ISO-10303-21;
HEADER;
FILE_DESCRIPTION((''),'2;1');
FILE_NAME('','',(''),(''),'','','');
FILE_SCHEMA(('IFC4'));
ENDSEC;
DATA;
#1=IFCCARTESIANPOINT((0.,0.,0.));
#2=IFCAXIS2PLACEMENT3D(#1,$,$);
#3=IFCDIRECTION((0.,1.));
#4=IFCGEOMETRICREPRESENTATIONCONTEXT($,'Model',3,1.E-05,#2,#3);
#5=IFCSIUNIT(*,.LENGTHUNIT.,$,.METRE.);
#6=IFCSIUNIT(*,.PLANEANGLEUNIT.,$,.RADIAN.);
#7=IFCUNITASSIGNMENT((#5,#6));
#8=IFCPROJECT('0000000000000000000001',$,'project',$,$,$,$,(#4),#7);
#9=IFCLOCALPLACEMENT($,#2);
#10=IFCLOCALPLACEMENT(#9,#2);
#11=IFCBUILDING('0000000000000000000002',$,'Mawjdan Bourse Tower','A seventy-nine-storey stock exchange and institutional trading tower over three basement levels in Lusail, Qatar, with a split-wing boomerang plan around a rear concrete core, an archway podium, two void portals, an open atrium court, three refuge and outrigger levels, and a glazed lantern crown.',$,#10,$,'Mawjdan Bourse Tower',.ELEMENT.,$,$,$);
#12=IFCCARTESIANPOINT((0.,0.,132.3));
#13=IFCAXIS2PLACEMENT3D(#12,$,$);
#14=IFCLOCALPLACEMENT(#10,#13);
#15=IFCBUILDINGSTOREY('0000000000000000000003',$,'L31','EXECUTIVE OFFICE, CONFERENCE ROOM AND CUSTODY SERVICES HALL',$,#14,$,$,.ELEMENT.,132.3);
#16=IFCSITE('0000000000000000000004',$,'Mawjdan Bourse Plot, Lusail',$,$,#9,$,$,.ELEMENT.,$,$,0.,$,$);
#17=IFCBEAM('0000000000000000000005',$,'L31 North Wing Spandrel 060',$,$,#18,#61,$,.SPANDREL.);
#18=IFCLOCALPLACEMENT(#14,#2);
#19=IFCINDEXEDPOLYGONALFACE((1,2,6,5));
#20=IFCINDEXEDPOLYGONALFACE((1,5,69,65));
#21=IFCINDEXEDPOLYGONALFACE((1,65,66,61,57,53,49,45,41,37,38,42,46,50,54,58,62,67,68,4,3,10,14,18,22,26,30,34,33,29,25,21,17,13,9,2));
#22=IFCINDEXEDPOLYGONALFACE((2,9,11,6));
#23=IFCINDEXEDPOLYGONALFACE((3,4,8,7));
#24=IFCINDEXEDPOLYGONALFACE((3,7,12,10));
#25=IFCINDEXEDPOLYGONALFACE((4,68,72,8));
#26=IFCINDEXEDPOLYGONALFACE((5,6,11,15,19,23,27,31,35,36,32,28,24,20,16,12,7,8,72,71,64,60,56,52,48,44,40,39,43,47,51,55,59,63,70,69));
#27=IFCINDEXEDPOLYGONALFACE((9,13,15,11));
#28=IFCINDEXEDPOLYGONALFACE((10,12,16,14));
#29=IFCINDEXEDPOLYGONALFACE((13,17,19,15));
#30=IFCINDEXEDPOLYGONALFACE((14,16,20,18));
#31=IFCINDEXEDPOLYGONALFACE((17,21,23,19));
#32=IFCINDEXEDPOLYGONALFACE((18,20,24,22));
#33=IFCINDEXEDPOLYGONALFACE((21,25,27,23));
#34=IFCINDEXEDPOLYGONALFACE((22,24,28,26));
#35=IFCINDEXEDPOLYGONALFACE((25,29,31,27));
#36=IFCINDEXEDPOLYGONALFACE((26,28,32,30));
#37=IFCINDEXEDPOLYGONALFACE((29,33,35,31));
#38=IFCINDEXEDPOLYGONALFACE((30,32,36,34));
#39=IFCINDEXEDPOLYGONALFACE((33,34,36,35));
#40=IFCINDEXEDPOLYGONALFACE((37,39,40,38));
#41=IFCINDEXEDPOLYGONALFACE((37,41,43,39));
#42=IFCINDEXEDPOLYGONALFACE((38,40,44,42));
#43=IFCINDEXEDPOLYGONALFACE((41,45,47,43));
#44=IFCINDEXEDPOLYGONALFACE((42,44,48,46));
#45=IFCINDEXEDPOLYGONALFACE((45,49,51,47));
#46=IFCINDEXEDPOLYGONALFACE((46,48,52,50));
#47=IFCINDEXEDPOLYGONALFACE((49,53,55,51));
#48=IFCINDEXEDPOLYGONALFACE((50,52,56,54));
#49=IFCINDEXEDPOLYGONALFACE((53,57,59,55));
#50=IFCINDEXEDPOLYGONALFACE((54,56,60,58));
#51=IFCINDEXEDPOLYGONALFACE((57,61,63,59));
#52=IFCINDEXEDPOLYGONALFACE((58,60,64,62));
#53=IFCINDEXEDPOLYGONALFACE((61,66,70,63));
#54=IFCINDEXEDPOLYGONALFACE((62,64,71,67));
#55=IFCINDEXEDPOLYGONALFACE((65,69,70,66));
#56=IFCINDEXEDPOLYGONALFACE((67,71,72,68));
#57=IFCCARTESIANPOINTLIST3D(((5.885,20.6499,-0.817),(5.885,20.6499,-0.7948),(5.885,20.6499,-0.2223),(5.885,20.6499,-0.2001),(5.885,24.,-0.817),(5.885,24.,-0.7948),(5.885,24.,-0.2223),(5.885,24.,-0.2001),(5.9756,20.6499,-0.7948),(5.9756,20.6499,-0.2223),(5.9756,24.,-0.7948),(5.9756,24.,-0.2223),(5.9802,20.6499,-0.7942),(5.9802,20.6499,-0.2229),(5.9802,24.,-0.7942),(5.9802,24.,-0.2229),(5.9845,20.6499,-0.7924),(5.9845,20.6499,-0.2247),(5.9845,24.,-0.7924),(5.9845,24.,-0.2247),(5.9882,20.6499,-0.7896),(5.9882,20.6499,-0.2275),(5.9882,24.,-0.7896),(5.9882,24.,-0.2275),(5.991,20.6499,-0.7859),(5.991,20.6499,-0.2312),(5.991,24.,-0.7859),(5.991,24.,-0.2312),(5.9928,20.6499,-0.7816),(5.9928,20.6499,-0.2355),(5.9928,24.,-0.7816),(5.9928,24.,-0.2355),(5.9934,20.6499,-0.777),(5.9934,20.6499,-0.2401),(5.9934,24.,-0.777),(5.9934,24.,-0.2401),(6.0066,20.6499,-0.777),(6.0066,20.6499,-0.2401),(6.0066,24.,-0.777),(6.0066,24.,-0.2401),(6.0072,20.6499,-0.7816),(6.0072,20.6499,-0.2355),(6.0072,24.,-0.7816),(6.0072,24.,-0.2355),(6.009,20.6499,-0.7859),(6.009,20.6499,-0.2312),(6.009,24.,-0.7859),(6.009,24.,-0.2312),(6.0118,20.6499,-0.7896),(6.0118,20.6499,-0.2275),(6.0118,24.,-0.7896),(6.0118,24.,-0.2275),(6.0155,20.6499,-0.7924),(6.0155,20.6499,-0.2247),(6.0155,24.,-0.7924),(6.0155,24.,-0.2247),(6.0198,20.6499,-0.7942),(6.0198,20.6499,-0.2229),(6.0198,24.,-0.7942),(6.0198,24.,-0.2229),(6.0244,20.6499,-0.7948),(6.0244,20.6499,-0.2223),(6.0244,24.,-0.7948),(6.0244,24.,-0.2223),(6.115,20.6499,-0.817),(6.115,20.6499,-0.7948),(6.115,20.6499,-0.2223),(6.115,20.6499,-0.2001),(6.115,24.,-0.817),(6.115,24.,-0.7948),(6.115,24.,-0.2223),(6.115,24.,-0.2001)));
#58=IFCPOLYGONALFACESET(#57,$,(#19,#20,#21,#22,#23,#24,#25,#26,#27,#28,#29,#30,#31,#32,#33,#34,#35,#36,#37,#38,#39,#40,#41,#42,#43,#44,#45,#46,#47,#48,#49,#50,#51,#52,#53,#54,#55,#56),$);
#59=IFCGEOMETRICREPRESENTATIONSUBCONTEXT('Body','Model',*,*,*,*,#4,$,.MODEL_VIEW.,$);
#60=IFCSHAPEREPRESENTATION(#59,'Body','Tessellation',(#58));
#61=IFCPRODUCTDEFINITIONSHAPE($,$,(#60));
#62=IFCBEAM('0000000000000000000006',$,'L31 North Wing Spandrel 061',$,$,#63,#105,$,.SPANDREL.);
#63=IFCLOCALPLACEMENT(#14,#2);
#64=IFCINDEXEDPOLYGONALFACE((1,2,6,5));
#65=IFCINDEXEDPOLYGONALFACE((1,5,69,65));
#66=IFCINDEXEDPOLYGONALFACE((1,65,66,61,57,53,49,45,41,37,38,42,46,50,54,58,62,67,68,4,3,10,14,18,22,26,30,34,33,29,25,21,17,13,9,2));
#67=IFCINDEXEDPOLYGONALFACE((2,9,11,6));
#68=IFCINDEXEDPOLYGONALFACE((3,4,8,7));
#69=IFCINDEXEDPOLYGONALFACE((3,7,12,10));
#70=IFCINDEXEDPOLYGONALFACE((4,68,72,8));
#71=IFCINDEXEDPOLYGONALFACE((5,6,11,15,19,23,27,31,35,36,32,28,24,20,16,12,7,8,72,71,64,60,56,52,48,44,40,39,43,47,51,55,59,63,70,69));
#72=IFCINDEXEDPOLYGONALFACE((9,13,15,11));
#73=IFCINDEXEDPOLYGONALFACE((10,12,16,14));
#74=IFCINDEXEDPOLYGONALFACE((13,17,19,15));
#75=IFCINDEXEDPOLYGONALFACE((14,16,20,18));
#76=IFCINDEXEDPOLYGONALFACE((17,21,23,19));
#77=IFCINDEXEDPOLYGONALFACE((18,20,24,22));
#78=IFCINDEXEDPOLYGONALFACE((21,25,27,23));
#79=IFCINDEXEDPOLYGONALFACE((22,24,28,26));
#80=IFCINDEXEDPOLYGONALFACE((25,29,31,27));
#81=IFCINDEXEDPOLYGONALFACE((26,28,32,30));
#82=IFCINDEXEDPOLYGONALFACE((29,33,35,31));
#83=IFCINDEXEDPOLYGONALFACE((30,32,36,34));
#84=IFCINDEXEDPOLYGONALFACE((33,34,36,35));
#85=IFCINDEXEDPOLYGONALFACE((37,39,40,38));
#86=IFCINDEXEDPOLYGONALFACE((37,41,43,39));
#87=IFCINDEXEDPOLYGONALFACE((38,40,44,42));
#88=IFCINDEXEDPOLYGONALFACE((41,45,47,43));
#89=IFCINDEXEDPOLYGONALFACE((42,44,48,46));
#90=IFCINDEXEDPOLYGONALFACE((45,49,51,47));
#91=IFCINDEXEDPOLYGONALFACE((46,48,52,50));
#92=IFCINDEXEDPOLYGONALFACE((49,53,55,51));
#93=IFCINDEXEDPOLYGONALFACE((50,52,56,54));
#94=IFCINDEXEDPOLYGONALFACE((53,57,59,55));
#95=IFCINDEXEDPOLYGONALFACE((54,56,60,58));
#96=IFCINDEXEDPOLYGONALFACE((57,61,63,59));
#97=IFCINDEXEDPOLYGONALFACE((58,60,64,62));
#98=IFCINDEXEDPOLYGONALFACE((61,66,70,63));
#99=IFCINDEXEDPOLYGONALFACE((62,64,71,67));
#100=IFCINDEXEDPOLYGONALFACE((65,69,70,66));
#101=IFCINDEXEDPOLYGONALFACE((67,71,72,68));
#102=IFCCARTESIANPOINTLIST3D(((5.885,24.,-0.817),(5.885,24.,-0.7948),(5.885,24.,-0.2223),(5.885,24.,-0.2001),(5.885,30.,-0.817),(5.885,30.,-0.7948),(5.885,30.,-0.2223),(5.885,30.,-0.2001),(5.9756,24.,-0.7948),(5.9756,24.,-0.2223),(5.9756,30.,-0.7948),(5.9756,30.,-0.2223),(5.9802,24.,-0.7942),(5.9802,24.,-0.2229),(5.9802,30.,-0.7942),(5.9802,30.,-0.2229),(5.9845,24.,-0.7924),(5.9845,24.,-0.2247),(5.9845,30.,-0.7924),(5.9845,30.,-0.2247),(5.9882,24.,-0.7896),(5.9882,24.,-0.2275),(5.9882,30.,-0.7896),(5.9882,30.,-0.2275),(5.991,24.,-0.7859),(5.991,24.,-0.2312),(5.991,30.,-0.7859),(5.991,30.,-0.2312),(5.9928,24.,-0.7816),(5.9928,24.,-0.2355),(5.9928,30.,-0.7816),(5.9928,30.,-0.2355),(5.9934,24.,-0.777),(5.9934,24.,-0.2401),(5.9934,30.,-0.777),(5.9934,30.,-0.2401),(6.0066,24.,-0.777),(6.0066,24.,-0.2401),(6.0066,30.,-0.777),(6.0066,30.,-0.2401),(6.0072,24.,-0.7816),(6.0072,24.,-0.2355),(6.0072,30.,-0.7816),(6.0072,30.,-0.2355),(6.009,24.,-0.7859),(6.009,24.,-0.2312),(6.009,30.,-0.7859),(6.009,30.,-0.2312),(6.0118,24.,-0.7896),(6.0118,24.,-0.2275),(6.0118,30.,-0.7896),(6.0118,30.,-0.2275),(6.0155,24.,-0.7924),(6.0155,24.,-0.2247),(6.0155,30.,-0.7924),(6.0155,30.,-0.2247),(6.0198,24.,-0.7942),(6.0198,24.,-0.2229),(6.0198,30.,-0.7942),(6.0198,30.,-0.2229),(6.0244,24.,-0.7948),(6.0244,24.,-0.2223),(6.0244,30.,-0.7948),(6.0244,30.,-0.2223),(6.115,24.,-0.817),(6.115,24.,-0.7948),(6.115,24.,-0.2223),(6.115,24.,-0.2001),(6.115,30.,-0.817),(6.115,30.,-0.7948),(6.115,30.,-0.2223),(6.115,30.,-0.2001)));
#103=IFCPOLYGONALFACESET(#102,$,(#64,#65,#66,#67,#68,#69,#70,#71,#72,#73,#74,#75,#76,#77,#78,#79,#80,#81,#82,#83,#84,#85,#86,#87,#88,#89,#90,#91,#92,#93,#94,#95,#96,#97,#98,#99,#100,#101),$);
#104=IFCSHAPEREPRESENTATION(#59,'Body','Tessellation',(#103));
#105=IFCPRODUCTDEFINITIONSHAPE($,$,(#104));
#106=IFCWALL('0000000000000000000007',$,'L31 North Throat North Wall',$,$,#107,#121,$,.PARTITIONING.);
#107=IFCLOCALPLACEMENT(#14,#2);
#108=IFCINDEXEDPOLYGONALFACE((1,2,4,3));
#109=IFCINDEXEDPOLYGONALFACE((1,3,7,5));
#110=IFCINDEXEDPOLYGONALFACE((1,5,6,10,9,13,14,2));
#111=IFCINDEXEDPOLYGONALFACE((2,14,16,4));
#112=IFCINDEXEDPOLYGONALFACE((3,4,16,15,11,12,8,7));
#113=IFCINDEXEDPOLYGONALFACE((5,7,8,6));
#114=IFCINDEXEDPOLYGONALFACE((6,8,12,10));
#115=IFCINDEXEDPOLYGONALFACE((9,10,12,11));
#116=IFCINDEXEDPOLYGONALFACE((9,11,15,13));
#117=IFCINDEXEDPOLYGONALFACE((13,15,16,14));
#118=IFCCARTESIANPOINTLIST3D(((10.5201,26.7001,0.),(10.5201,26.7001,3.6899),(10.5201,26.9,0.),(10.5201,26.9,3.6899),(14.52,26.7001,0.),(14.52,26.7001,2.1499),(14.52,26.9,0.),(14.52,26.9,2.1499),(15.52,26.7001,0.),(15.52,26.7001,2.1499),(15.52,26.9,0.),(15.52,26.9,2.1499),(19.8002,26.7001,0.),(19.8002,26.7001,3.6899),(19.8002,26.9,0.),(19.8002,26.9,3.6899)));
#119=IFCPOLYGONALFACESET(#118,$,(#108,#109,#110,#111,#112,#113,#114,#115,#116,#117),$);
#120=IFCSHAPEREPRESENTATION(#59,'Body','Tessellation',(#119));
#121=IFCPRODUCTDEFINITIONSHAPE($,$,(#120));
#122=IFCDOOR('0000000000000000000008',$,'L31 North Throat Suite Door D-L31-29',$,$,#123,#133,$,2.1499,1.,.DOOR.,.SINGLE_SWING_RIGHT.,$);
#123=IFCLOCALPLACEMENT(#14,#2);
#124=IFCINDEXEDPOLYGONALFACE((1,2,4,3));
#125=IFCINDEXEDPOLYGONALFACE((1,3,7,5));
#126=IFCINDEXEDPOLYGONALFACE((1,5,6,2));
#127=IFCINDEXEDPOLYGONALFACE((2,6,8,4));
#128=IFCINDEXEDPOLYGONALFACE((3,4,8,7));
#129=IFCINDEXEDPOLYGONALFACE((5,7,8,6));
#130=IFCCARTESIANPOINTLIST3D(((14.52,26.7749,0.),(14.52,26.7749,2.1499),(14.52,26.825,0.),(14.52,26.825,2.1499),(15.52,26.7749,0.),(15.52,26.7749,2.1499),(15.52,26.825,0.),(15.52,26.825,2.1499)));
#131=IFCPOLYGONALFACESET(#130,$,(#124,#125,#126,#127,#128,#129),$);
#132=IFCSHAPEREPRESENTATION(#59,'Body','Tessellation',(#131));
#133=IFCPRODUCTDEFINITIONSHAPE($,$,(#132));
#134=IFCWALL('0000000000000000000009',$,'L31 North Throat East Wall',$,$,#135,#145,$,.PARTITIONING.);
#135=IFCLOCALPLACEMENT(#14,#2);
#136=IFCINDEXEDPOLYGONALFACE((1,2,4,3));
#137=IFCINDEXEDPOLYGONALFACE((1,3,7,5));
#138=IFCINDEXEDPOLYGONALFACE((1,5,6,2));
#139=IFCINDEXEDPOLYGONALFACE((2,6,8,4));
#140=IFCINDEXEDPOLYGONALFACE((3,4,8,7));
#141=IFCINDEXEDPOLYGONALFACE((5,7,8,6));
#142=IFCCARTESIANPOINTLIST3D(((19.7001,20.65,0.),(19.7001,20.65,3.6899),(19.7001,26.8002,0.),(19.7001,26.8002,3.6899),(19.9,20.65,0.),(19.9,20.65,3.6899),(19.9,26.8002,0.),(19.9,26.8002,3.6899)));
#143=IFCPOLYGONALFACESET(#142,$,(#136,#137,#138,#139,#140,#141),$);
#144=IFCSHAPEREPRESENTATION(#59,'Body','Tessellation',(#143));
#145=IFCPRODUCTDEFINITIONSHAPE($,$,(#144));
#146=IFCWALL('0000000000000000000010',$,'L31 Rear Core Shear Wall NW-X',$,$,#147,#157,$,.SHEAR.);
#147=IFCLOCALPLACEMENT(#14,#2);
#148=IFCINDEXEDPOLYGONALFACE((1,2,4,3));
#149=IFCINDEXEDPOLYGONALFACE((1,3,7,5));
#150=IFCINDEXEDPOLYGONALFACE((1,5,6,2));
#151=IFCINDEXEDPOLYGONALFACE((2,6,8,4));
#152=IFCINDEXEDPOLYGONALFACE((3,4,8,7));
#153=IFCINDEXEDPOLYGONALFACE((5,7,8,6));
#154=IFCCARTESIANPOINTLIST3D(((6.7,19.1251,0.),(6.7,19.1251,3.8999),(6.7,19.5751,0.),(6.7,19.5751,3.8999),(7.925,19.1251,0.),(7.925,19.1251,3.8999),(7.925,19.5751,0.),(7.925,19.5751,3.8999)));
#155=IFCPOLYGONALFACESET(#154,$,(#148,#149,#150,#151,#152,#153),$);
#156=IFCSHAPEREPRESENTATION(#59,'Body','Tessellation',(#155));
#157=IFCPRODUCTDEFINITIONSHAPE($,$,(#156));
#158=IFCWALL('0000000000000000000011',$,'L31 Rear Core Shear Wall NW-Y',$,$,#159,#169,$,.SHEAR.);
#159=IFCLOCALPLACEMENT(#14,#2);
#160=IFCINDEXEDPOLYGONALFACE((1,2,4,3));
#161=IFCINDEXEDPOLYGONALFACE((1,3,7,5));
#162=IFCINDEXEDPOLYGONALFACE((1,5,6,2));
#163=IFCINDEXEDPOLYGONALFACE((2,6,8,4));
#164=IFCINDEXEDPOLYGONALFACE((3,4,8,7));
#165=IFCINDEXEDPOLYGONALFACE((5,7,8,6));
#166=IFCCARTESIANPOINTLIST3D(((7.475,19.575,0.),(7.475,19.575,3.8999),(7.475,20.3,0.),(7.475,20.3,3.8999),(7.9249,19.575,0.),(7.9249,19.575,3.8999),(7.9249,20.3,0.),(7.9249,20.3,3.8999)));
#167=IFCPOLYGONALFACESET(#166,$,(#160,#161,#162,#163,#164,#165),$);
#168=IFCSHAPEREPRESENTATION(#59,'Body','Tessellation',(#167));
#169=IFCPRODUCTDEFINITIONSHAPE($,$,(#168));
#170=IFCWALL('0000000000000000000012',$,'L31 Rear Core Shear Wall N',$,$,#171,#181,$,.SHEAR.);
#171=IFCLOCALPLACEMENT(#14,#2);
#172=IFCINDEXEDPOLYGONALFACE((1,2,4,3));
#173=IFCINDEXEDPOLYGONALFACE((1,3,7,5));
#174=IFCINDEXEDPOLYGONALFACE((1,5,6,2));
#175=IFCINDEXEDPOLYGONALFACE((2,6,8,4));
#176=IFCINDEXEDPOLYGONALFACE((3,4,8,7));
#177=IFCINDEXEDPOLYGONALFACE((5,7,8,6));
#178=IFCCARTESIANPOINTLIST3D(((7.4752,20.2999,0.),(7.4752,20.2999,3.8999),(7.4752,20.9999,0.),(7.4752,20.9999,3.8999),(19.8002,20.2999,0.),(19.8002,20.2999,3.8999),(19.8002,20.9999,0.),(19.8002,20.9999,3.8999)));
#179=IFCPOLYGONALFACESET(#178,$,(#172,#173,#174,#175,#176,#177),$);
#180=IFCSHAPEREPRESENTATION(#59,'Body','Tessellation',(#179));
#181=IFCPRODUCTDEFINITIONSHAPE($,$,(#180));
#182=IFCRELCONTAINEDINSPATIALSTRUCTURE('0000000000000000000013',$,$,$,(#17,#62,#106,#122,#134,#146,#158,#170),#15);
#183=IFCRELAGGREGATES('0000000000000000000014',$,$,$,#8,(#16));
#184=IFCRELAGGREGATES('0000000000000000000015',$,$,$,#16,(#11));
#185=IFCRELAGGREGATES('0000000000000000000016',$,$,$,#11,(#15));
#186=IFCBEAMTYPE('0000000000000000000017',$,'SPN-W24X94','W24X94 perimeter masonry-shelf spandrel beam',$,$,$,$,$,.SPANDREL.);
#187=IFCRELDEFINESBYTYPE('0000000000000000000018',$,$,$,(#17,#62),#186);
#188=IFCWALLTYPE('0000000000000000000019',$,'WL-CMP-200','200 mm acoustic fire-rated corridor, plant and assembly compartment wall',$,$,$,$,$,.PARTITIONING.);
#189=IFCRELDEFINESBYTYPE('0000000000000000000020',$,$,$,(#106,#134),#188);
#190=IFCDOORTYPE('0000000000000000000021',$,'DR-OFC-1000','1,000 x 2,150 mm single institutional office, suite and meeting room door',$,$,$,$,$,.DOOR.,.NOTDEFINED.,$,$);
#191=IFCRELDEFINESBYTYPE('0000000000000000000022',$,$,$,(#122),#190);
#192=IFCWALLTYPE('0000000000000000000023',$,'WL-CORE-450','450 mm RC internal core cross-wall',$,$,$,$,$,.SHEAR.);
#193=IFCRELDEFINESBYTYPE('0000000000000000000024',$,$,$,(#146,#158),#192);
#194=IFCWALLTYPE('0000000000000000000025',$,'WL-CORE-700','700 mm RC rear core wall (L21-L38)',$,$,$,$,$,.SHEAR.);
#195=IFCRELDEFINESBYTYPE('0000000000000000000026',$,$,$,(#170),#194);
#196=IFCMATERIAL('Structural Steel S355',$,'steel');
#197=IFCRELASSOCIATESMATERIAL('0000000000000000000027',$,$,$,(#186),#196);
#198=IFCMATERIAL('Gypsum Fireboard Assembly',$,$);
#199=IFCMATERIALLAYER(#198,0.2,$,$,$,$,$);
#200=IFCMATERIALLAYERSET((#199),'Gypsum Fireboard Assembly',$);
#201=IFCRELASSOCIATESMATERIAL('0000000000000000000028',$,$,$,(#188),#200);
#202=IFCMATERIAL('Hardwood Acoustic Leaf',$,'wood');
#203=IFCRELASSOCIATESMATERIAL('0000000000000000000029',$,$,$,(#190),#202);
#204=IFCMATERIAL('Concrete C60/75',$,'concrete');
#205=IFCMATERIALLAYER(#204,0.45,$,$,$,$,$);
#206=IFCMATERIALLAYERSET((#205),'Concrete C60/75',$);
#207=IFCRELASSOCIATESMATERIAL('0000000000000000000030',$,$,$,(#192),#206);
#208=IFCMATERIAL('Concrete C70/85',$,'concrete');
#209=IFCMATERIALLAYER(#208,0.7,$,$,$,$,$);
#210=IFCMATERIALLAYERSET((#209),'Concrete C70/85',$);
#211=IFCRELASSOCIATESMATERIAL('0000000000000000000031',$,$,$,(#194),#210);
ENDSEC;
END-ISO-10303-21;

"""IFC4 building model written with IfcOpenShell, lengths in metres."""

from ifc_helpers import new_model, si_unit, direction, frame, frame_2d, origin, origin_2d, place, context, subcontext, project, spatial, rectangle, i_section, extrude, material, layer, layer_set, material_profile, profile_set, type_object, element, fill, save


model = new_model("IFC4")

# Units and contexts
model_context = context("Model", 3, precision=1e-05, world=origin(), true_north=direction((0.0, 1.0)))
body_context = subcontext(model_context, "Body", "Model", "MODEL_VIEW")
ifc_project = project(units=[si_unit("LENGTHUNIT", "METRE"), si_unit("PLANEANGLEUNIT", "RADIAN")], contexts=[model_context])

# Site, building, storey
site_placement = place(None, origin())
site = spatial("IfcSite", under=ifc_project, at=site_placement, Name="Mawjdan Bourse Plot, Lusail", CompositionType="ELEMENT", RefElevation=0.0)
building_placement = place(site_placement, origin())
building = spatial("IfcBuilding", under=site, at=building_placement, Name="Mawjdan Bourse Tower", Description="A seventy-nine-storey stock exchange and institutional trading tower over three basement levels in Lusail, Qatar, with a split-wing boomerang plan around a rear concrete core, an archway podium, two void portals, an open atrium court, three refuge and outrigger levels, and a glazed lantern crown.", LongName="Mawjdan Bourse Tower", CompositionType="ELEMENT")
storey_placement = place(building_placement, frame((0.0, 0.0, 132.3)))
storey = spatial("IfcBuildingStorey", under=building, at=storey_placement, Name="L31", Description="EXECUTIVE OFFICE, CONFERENCE ROOM AND CUSTODY SERVICES HALL", CompositionType="ELEMENT", Elevation=132.3)

# Shared definitions
ifc_material_1 = material(Name="Concrete C70/85", Category="concrete")

# Beams
ifc_material_2 = material(Name="Structural Steel S355", Category="steel")
ifc_material_profile_1 = material_profile(ifc_material_2, i_section(OverallWidth=0.23, OverallDepth=0.6169, WebThickness=0.0132, FlangeThickness=0.0222, FilletRadius=0.0178, at=origin_2d()), Name="W24X94")
ifc_profile_set_1 = profile_set([ifc_material_profile_1], Name="Structural Steel S355")
beam_type_1 = type_object("IfcBeamType", Name="SPN-W24X94", Description="W24X94 perimeter masonry-shelf spandrel beam", PredefinedType="SPANDREL", material=ifc_profile_set_1)
beam_1_placement = place(storey_placement, frame((6.0, 20.6499, -0.5085), z_axis=(0.0, 1.0, 0.0), x_axis=(-1.0, 0.0, 0.0)))
element("IfcBeam", 1, at=beam_1_placement, inside=storey, type_object=beam_type_1, Name="L31 North Wing Spandrel 060", PredefinedType="SPANDREL", context=body_context, shape_type="SweptSolid", body=[
    extrude(i_section(OverallWidth=0.23, OverallDepth=0.6169, WebThickness=0.0132, FlangeThickness=0.0222, FilletRadius=0.0178, at=origin_2d()), origin(), (0.0, 0.0, 1.0), 3.3501),
])
beam_2_placement = place(storey_placement, frame((6.0, 24.0, -0.5085), z_axis=(0.0, 1.0, 0.0), x_axis=(-1.0, 0.0, 0.0)))
element("IfcBeam", 2, at=beam_2_placement, inside=storey, type_object=beam_type_1, Name="L31 North Wing Spandrel 061", PredefinedType="SPANDREL", context=body_context, shape_type="SweptSolid", body=[
    extrude(i_section(OverallWidth=0.23, OverallDepth=0.6169, WebThickness=0.0132, FlangeThickness=0.0222, FilletRadius=0.0178, at=origin_2d()), origin(), (0.0, 0.0, 1.0), 6.0),
])

# Wall, opening, door
ifc_material_3 = material(Name="Gypsum Fireboard Assembly")
ifc_layer_1 = layer(ifc_material_3, 0.2)
ifc_layer_set_1 = layer_set([ifc_layer_1], Name="Gypsum Fireboard Assembly")
wall_type_1 = type_object("IfcWallType", Name="WL-CMP-200", Description="200 mm acoustic fire-rated corridor, plant and assembly compartment wall", PredefinedType="PARTITIONING", material=ifc_layer_set_1)
wall_1_placement = place(storey_placement, frame((10.52, 26.8, 0.0), z_axis=(0.0, 0.0, 1.0), x_axis=(1.0, 0.0, 0.0)))
wall_1 = element("IfcWall", 3, at=wall_1_placement, inside=storey, type_object=wall_type_1, Name="L31 North Throat North Wall", PredefinedType="PARTITIONING", context=body_context, shape_type="SweptSolid", body=[
    extrude(rectangle(XDim=9.28, YDim=0.2, at=frame_2d((4.6401, 0.0))), origin(), (0.0, 0.0, 1.0), 3.6899),
])
opening_1_placement = place(wall_1_placement, frame((4.0, 0.0, 0.0)))
opening_1 = element("IfcOpeningElement", 4, at=opening_1_placement, cuts=wall_1, PredefinedType="OPENING", context=body_context, shape_type="SweptSolid", body=[
    extrude(rectangle(XDim=1.0, YDim=2.1499, at=frame_2d((0.5, 1.075))), frame((0.0, 0.1099, 0.0), z_axis=(0.0, -1.0, 0.0), x_axis=(1.0, 0.0, 0.0)), (0.0, 0.0, 1.0), 0.22),
])
ifc_material_4 = material(Name="Hardwood Acoustic Leaf", Category="wood")
door_type_1 = type_object("IfcDoorType", Name="DR-OFC-1000", Description="1,000 x 2,150 mm single institutional office, suite and meeting room door", OperationType="NOTDEFINED", PredefinedType="DOOR", material=ifc_material_4)
door_1_placement = place(opening_1_placement, origin())
door_1 = element("IfcDoor", 5, at=door_1_placement, inside=storey, type_object=door_type_1, Name="L31 North Throat Suite Door D-L31-29", OperationType="SINGLE_SWING_RIGHT", OverallHeight=2.1499, OverallWidth=1.0, PredefinedType="DOOR", context=body_context, shape_type="SweptSolid", body=[
    extrude(rectangle(XDim=1.0, YDim=2.1499, at=frame_2d((0.5, 1.075))), frame((0.0, 0.0249, 0.0), z_axis=(0.0, -1.0, 0.0), x_axis=(1.0, 0.0, 0.0)), (0.0, 0.0, 1.0), 0.05),
])
fill(opening_1, door_1)

# Walls
wall_2_placement = place(storey_placement, frame((19.8, 20.6499, 0.0), z_axis=(0.0, 0.0, 1.0), x_axis=(0.0, 1.0, 0.0)))
element("IfcWall", 6, at=wall_2_placement, inside=storey, type_object=wall_type_1, Name="L31 North Throat East Wall", PredefinedType="PARTITIONING", context=body_context, shape_type="SweptSolid", body=[
    extrude(rectangle(XDim=6.1501, YDim=0.2, at=frame_2d((3.0752, 0.0))), origin(), (0.0, 0.0, 1.0), 3.6899),
])
ifc_material_5 = material(Name="Concrete C60/75", Category="concrete")
ifc_layer_2 = layer(ifc_material_5, 0.45)
ifc_layer_set_2 = layer_set([ifc_layer_2], Name="Concrete C60/75")
wall_type_2 = type_object("IfcWallType", Name="WL-CORE-450", Description="450 mm RC internal core cross-wall", PredefinedType="SHEAR", material=ifc_layer_set_2)
wall_3_placement = place(storey_placement, frame((6.7, 19.3501, 0.0), z_axis=(0.0, 0.0, 1.0), x_axis=(1.0, 0.0, 0.0)))
element("IfcWall", 7, at=wall_3_placement, inside=storey, type_object=wall_type_2, Name="L31 Rear Core Shear Wall NW-X", PredefinedType="SHEAR", context=body_context, shape_type="SweptSolid", body=[
    extrude(rectangle(XDim=1.2251, YDim=0.45, at=frame_2d((0.6125, 0.0))), origin(), (0.0, 0.0, 1.0), 3.8999),
])
wall_4_placement = place(storey_placement, frame((7.7, 19.575, 0.0), z_axis=(0.0, 0.0, 1.0), x_axis=(0.0, 1.0, 0.0)))
element("IfcWall", 8, at=wall_4_placement, inside=storey, type_object=wall_type_2, Name="L31 Rear Core Shear Wall NW-Y", PredefinedType="SHEAR", context=body_context, shape_type="SweptSolid", body=[
    extrude(rectangle(XDim=0.7251, YDim=0.45, at=frame_2d((0.3625, 0.0))), origin(), (0.0, 0.0, 1.0), 3.8999),
])
ifc_layer_3 = layer(ifc_material_1, 0.7)
ifc_layer_set_3 = layer_set([ifc_layer_3], Name="Concrete C70/85")
wall_type_3 = type_object("IfcWallType", Name="WL-CORE-700", Description="700 mm RC rear core wall (L21-L38)", PredefinedType="SHEAR", material=ifc_layer_set_3)
wall_5_placement = place(storey_placement, frame((7.4751, 20.6499, 0.0), z_axis=(0.0, 0.0, 1.0), x_axis=(1.0, 0.0, 0.0)))
element("IfcWall", 9, at=wall_5_placement, inside=storey, type_object=wall_type_3, Name="L31 Rear Core Shear Wall N", PredefinedType="SHEAR", context=body_context, shape_type="SweptSolid", body=[
    extrude(rectangle(XDim=12.325, YDim=0.7, at=frame_2d((6.1626, 0.0))), origin(), (0.0, 0.0, 1.0), 3.8999),
])

save(model, "model.ifc")
